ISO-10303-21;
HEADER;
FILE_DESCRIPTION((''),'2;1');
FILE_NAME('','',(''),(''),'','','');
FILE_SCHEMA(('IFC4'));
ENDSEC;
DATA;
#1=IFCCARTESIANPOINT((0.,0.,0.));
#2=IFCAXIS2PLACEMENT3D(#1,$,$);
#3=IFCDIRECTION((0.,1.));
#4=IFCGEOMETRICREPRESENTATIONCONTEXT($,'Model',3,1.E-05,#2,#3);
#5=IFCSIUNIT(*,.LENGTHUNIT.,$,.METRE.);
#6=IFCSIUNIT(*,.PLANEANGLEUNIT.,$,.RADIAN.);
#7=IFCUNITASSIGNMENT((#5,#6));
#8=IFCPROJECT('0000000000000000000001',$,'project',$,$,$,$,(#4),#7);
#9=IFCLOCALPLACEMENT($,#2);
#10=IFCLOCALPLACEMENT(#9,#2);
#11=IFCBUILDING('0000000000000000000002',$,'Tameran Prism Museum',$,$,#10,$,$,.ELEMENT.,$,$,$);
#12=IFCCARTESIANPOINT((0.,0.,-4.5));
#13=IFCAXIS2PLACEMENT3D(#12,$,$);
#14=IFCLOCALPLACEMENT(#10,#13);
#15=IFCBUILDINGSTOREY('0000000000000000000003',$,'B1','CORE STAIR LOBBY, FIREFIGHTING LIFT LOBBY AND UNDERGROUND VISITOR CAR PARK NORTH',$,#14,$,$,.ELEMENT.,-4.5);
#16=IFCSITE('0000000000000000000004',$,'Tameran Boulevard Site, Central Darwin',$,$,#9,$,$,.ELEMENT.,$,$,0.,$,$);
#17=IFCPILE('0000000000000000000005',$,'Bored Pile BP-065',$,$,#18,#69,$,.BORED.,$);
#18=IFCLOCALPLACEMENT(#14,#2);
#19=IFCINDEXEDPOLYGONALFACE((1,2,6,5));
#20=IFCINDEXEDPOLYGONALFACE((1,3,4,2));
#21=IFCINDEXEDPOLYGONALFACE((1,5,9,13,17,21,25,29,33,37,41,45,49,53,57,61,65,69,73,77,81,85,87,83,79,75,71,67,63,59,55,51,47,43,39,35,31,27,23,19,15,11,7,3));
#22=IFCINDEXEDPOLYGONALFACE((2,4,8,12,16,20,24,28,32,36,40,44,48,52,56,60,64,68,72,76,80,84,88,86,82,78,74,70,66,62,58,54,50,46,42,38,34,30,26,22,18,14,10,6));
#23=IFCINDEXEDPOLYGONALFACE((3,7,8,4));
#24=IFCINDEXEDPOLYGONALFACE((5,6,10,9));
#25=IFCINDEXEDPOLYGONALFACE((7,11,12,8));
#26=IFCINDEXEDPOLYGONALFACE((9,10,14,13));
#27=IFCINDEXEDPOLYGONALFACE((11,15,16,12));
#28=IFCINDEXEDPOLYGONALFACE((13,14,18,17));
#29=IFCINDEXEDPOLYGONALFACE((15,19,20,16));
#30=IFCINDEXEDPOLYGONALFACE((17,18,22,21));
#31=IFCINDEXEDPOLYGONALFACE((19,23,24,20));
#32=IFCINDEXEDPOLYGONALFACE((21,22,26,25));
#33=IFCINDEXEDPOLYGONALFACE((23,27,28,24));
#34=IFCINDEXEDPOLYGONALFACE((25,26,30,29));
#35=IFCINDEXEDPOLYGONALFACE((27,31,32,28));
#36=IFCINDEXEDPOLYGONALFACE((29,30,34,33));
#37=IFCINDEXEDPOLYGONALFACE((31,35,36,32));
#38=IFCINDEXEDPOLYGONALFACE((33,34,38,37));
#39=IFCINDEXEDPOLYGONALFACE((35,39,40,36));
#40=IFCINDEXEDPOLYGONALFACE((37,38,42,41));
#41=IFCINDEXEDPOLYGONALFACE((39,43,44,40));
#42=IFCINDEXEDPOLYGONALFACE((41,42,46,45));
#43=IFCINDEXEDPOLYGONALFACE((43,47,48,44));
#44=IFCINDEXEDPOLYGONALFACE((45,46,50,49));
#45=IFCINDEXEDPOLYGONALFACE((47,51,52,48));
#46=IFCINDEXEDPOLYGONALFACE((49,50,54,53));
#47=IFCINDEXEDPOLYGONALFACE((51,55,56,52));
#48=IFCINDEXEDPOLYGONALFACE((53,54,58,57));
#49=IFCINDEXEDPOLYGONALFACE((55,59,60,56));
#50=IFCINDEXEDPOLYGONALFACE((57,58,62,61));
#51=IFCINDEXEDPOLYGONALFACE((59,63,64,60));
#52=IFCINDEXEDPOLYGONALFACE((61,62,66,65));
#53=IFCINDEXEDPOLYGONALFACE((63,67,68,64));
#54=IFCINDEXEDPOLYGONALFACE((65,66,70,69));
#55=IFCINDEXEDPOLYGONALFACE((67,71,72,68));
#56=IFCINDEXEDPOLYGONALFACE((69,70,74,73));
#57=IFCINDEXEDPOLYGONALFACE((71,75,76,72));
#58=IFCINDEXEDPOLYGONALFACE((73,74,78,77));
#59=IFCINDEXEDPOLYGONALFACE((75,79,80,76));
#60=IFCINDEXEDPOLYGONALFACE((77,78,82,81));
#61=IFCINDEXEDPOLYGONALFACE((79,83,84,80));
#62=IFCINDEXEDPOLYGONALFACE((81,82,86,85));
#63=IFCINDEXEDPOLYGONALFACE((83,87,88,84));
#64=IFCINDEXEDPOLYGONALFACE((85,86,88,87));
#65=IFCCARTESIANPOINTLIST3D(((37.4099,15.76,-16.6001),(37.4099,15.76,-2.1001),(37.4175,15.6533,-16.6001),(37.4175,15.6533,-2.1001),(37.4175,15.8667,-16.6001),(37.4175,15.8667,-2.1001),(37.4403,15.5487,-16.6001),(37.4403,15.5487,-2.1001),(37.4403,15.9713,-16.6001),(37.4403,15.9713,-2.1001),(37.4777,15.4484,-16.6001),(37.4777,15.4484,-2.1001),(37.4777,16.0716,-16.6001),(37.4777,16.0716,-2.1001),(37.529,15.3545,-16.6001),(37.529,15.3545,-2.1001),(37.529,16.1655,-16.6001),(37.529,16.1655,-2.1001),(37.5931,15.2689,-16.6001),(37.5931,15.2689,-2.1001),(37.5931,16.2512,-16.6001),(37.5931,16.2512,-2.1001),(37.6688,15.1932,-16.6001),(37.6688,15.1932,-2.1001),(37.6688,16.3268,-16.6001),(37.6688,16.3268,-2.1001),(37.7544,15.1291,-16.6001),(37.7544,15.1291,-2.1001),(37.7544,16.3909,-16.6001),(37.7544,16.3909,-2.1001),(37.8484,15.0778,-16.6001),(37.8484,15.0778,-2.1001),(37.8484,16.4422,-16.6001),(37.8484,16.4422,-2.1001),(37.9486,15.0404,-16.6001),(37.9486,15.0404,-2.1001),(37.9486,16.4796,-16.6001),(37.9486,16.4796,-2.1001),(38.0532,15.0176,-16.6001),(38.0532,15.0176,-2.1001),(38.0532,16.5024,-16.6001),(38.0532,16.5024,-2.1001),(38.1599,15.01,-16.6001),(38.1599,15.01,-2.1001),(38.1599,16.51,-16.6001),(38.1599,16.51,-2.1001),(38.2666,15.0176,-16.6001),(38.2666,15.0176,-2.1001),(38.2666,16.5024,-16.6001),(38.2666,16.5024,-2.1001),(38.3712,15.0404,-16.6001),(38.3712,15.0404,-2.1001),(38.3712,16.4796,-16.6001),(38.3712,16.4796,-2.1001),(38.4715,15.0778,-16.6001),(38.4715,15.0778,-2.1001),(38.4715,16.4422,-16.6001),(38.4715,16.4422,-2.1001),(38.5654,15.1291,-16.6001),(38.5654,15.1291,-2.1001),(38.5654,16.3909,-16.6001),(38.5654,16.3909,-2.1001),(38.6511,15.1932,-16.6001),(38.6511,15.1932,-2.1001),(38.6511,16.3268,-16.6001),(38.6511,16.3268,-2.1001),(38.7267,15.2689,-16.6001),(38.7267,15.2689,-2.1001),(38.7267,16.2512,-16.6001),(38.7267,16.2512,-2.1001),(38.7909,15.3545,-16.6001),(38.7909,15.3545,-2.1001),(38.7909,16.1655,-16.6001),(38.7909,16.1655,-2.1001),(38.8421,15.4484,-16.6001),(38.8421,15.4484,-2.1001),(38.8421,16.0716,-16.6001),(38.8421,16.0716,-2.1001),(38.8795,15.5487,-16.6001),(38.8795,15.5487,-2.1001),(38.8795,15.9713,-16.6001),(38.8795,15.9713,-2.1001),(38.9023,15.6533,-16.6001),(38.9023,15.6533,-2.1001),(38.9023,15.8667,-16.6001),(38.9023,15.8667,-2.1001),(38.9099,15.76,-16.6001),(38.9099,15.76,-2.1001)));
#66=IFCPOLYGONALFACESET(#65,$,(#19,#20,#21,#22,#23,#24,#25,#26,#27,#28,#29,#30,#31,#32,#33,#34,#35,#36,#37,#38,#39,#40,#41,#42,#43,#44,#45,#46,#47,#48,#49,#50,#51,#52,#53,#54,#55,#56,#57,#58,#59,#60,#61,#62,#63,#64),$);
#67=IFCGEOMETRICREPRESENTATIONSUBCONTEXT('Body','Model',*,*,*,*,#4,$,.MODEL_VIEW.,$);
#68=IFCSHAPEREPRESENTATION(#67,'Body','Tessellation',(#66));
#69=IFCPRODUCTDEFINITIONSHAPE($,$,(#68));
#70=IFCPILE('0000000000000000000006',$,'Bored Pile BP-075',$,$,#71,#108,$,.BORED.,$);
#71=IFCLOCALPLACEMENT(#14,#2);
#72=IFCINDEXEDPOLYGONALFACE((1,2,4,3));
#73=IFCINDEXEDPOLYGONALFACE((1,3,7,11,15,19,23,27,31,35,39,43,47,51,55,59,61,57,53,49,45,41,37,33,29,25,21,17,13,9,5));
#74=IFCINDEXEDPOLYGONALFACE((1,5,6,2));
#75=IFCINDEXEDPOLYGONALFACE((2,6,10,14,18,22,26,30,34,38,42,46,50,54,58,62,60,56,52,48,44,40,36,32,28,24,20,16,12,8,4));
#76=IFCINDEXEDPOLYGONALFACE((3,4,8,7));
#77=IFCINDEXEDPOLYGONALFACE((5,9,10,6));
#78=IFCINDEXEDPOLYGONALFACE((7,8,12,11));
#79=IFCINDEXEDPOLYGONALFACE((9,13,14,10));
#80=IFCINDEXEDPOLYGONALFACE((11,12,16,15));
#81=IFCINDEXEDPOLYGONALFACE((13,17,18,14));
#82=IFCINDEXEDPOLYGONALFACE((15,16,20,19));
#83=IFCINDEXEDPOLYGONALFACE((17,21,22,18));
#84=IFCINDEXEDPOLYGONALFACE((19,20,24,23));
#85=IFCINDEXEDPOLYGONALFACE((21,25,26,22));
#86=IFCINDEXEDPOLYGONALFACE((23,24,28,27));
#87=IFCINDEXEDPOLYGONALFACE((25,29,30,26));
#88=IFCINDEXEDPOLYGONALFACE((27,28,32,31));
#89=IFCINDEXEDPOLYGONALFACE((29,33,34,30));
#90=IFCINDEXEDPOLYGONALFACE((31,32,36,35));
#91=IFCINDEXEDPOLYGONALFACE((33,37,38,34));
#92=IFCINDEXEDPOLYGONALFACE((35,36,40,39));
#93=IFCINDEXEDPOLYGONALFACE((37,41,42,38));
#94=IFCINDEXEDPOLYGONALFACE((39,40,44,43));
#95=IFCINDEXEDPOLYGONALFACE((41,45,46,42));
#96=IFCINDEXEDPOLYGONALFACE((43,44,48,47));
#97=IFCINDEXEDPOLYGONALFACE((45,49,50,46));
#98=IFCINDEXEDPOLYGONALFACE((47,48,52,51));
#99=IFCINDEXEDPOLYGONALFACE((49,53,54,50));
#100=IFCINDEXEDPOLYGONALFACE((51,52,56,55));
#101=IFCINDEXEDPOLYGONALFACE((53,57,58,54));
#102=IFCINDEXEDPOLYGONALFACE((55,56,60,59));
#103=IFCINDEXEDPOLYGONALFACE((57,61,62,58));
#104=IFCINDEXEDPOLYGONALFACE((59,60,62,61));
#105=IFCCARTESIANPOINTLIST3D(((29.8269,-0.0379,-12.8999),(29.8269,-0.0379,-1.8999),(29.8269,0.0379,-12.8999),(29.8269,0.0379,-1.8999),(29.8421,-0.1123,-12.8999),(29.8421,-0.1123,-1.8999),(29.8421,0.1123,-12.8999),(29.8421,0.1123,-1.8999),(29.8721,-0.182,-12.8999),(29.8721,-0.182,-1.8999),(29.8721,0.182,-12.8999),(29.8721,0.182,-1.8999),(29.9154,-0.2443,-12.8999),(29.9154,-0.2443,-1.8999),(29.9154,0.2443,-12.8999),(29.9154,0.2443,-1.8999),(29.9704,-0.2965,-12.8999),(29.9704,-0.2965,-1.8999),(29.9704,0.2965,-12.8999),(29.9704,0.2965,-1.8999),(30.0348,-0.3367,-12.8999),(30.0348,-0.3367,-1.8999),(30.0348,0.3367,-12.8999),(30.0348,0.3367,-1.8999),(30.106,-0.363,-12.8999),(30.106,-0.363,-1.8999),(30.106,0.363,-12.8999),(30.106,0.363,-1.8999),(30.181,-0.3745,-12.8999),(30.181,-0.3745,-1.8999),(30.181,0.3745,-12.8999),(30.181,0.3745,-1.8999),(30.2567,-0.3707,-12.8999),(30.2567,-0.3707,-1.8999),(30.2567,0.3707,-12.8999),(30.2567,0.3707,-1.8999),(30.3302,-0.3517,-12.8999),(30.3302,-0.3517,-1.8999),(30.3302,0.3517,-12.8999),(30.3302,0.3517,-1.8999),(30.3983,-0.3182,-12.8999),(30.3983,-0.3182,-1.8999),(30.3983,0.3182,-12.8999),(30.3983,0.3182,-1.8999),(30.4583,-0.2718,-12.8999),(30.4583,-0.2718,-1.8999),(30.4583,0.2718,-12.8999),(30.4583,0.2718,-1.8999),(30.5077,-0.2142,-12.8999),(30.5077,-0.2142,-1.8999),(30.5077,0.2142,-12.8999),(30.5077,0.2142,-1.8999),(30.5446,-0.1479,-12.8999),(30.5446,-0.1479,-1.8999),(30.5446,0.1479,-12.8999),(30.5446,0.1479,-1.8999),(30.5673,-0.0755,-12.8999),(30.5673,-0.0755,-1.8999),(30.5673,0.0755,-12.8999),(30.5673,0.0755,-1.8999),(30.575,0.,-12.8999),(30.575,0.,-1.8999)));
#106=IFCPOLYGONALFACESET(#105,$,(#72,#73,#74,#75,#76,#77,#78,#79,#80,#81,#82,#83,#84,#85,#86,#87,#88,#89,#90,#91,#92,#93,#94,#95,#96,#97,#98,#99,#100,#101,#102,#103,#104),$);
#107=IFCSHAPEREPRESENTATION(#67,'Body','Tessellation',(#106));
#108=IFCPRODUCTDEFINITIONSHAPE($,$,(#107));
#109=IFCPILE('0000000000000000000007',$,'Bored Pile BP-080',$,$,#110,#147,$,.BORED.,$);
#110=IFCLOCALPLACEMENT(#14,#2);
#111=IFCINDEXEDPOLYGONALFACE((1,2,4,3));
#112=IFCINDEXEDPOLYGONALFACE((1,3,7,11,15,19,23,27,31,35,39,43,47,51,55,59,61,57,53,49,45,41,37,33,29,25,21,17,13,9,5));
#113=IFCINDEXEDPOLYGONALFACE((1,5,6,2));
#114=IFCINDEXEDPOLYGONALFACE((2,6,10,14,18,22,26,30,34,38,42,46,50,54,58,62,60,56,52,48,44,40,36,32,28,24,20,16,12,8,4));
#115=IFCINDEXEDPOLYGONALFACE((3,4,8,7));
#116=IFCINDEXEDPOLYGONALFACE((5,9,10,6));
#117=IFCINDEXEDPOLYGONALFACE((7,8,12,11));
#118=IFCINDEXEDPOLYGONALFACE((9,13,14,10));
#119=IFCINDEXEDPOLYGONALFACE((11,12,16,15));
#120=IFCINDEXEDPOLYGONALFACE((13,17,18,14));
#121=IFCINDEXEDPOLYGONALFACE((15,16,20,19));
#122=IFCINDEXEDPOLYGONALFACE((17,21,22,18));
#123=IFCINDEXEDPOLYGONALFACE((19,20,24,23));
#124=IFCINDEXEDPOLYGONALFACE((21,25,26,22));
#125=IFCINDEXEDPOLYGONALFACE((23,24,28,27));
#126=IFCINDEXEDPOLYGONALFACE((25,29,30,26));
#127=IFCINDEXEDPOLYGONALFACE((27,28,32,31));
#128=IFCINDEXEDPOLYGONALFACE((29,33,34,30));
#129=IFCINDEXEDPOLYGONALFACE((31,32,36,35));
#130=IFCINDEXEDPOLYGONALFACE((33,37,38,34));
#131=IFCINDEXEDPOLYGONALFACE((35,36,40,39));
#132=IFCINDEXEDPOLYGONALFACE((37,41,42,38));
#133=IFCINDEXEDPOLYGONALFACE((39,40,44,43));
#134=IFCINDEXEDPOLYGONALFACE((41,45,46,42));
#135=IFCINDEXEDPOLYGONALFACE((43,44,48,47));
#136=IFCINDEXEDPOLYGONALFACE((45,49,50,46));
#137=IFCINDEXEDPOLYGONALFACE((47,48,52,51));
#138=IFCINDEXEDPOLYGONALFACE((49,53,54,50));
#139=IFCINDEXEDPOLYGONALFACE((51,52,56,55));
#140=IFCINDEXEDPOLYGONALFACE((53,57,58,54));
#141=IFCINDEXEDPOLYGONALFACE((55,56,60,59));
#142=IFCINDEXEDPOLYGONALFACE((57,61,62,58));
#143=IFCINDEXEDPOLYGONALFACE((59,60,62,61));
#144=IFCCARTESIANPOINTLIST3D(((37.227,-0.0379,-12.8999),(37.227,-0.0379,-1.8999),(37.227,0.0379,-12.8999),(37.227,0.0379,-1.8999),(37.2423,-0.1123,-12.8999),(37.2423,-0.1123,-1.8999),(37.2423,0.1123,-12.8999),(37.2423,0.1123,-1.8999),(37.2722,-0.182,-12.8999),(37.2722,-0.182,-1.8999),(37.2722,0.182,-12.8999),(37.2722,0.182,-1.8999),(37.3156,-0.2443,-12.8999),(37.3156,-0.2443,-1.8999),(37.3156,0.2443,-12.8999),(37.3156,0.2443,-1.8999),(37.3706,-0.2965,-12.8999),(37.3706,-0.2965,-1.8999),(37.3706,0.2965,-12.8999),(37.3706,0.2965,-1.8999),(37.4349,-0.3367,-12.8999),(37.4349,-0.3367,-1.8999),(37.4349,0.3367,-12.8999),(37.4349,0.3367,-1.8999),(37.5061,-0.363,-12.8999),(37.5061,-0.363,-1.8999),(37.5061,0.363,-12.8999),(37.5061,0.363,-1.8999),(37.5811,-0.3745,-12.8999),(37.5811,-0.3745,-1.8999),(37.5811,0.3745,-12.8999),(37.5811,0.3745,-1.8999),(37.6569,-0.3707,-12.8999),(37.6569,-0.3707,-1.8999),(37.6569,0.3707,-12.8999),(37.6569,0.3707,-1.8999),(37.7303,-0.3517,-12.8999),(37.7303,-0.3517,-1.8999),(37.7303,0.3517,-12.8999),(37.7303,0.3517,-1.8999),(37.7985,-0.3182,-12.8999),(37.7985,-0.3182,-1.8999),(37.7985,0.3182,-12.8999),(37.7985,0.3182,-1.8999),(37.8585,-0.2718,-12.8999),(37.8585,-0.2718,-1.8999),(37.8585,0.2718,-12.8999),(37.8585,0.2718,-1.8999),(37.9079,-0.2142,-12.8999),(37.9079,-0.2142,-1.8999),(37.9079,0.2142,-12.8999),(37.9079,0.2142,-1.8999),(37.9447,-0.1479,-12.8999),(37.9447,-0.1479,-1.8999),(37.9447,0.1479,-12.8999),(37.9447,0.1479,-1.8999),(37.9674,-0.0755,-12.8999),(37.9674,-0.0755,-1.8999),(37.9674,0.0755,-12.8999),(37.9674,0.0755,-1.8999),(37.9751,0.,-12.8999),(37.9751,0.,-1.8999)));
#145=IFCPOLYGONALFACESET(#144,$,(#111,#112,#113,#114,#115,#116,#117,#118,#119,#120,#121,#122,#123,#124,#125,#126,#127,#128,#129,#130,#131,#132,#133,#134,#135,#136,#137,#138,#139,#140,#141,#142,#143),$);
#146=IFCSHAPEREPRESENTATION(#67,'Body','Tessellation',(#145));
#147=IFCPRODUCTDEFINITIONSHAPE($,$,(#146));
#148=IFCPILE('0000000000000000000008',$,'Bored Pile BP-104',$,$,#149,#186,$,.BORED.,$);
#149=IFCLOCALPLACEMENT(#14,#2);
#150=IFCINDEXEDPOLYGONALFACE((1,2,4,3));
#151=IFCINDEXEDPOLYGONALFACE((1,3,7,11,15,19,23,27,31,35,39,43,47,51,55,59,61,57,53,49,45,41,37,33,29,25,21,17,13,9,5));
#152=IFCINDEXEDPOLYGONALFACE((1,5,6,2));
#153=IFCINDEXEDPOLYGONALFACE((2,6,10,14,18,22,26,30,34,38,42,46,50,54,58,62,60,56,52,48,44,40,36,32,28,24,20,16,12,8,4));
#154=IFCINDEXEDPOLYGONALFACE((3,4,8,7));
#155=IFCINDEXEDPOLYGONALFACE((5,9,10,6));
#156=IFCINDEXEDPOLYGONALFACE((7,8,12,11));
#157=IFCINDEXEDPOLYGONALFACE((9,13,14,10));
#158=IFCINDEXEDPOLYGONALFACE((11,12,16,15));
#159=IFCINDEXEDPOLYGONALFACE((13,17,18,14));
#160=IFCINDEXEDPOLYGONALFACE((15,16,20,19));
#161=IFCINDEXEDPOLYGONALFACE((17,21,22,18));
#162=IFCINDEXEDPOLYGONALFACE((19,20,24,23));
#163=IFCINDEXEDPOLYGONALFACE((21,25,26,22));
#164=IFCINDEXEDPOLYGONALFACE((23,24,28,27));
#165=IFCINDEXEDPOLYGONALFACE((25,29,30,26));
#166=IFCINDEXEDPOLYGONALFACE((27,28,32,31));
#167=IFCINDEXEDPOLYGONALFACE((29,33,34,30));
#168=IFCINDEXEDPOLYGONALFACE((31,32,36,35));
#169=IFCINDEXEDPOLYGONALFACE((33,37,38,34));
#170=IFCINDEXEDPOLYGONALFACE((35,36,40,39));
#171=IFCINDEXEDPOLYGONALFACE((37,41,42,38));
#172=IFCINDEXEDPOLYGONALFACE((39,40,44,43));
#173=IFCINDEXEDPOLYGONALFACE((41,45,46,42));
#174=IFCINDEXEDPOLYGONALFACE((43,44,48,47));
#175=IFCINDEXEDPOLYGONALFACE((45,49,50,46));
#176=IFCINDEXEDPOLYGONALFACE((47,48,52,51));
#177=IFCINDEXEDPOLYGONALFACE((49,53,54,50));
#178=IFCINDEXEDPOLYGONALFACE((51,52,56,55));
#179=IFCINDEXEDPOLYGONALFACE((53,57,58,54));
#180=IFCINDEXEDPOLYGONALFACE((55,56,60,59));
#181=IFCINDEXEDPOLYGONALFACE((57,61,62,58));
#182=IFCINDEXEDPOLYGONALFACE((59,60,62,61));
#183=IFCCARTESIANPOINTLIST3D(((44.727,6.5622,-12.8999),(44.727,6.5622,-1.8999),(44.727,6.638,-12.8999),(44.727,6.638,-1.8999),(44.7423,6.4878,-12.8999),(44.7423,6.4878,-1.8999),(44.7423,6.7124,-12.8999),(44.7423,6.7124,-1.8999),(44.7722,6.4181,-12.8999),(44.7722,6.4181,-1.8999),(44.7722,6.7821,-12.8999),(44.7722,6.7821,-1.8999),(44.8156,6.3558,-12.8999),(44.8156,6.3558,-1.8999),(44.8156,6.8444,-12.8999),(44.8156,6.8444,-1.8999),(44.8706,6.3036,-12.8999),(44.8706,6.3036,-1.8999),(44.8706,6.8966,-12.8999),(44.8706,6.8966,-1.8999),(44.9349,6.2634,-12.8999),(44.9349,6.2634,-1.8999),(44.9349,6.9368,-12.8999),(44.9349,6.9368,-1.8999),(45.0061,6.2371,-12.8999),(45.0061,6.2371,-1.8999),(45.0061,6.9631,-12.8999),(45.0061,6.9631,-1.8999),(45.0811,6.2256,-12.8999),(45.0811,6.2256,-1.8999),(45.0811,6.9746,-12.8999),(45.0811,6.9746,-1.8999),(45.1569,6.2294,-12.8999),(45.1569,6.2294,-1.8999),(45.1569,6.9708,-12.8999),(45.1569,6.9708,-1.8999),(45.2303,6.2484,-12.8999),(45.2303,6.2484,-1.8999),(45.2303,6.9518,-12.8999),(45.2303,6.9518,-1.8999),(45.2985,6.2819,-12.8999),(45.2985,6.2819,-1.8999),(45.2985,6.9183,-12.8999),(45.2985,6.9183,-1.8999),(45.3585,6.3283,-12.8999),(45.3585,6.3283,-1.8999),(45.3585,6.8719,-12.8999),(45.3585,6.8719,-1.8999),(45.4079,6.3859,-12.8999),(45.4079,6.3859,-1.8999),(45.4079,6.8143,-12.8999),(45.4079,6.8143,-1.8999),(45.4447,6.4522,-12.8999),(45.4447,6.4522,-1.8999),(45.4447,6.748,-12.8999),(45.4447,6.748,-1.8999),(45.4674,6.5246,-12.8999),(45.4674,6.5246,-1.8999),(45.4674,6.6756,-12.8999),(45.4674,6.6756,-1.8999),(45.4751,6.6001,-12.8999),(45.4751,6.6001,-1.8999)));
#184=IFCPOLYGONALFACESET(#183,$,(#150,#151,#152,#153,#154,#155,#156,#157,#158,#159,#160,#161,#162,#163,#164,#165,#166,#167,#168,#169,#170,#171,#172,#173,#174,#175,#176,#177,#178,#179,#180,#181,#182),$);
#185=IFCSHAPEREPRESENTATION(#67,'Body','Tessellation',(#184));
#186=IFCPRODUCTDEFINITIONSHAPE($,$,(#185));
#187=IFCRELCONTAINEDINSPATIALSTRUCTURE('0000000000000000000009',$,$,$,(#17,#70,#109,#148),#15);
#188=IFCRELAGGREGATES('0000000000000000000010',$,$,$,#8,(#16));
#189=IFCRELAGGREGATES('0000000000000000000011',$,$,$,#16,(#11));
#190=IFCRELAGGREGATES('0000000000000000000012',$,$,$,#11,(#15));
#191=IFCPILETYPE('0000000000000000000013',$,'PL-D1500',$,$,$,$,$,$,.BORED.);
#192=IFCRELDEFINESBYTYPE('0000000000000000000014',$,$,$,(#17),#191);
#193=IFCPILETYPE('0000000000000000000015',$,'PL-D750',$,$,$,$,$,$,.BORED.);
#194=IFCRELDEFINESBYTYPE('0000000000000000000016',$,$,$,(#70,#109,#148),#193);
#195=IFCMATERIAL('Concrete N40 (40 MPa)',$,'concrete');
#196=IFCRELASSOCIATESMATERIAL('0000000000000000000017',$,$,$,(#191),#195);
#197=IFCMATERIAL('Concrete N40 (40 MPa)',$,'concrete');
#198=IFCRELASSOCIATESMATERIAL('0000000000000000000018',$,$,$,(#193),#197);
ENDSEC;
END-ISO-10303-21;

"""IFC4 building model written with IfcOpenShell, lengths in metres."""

from ifc_helpers import new_model, si_unit, direction, frame, origin, origin_2d, place, context, subcontext, project, spatial, circle, extrude, material, material_profile, profile_set, type_object, element, save


model = new_model("IFC4")

# Units and contexts
model_context = context("Model", 3, precision=1e-05, world=origin(), true_north=direction((0.0, 1.0)))
body_context = subcontext(model_context, "Body", "Model", "MODEL_VIEW")
ifc_project = project(units=[si_unit("LENGTHUNIT", "METRE"), si_unit("PLANEANGLEUNIT", "RADIAN")], contexts=[model_context])

# Site, building, storey
site_placement = place(None, origin())
site = spatial("IfcSite", under=ifc_project, at=site_placement, Name="Tameran Boulevard Site, Central Darwin", CompositionType="ELEMENT", RefElevation=0.0)
building_placement = place(site_placement, origin())
building = spatial("IfcBuilding", under=site, at=building_placement, Name="Tameran Prism Museum", CompositionType="ELEMENT")
storey_placement = place(building_placement, frame((0.0, 0.0, -4.5)))
storey = spatial("IfcBuildingStorey", under=building, at=storey_placement, Name="B1", Description="CORE STAIR LOBBY, FIREFIGHTING LIFT LOBBY AND UNDERGROUND VISITOR CAR PARK NORTH", CompositionType="ELEMENT", Elevation=-4.5)

# Piles
ifc_material_1 = material(Name="Concrete N40 (40 MPa)", Category="concrete")
ifc_material_profile_1 = material_profile(ifc_material_1, circle(Radius=0.75, at=origin_2d()))
ifc_profile_set_1 = profile_set([ifc_material_profile_1])
pile_type_1 = type_object("IfcPileType", Name="PL-D1500", PredefinedType="BORED", material=ifc_profile_set_1)
for number, where, z_axis, x_axis, name in (
    (1, (38.1599, 15.76, -2.1001), (0.0, 0.0, -1.0), (1.0, 0.0, 0.0), "Bored Pile BP-065"),
):
    element("IfcPile", number, at=place(storey_placement, frame(where, z_axis=z_axis, x_axis=x_axis)), inside=storey, type_object=pile_type_1, Name=name, PredefinedType="BORED", context=body_context, shape_type="SweptSolid", body=[
        extrude(circle(Radius=0.75, at=origin_2d()), origin(), (0.0, 0.0, 1.0), 14.5),
    ])
ifc_material_2 = material(Name="Concrete N40 (40 MPa)", Category="concrete")
ifc_material_profile_2 = material_profile(ifc_material_2, circle(Radius=0.375, at=origin_2d()))
ifc_profile_set_2 = profile_set([ifc_material_profile_2])
pile_type_2 = type_object("IfcPileType", Name="PL-D750", PredefinedType="BORED", material=ifc_profile_set_2)
for number, where, z_axis, x_axis, name in (
    (2, (30.2, 0.0, -1.8999), (0.0, 0.0, -1.0), (1.0, 0.0, 0.0), "Bored Pile BP-075"),
    (3, (37.6001, 0.0, -1.8999), (0.0, 0.0, -1.0), (1.0, 0.0, 0.0), "Bored Pile BP-080"),
    (4, (45.1001, 6.6001, -1.8999), (0.0, 0.0, -1.0), (1.0, 0.0, 0.0), "Bored Pile BP-104"),
):
    element("IfcPile", number, at=place(storey_placement, frame(where, z_axis=z_axis, x_axis=x_axis)), inside=storey, type_object=pile_type_2, Name=name, PredefinedType="BORED", context=body_context, shape_type="SweptSolid", body=[
        extrude(circle(Radius=0.375, at=origin_2d()), origin(), (0.0, 0.0, 1.0), 11.0),
    ])

save(model, "model.ifc")
